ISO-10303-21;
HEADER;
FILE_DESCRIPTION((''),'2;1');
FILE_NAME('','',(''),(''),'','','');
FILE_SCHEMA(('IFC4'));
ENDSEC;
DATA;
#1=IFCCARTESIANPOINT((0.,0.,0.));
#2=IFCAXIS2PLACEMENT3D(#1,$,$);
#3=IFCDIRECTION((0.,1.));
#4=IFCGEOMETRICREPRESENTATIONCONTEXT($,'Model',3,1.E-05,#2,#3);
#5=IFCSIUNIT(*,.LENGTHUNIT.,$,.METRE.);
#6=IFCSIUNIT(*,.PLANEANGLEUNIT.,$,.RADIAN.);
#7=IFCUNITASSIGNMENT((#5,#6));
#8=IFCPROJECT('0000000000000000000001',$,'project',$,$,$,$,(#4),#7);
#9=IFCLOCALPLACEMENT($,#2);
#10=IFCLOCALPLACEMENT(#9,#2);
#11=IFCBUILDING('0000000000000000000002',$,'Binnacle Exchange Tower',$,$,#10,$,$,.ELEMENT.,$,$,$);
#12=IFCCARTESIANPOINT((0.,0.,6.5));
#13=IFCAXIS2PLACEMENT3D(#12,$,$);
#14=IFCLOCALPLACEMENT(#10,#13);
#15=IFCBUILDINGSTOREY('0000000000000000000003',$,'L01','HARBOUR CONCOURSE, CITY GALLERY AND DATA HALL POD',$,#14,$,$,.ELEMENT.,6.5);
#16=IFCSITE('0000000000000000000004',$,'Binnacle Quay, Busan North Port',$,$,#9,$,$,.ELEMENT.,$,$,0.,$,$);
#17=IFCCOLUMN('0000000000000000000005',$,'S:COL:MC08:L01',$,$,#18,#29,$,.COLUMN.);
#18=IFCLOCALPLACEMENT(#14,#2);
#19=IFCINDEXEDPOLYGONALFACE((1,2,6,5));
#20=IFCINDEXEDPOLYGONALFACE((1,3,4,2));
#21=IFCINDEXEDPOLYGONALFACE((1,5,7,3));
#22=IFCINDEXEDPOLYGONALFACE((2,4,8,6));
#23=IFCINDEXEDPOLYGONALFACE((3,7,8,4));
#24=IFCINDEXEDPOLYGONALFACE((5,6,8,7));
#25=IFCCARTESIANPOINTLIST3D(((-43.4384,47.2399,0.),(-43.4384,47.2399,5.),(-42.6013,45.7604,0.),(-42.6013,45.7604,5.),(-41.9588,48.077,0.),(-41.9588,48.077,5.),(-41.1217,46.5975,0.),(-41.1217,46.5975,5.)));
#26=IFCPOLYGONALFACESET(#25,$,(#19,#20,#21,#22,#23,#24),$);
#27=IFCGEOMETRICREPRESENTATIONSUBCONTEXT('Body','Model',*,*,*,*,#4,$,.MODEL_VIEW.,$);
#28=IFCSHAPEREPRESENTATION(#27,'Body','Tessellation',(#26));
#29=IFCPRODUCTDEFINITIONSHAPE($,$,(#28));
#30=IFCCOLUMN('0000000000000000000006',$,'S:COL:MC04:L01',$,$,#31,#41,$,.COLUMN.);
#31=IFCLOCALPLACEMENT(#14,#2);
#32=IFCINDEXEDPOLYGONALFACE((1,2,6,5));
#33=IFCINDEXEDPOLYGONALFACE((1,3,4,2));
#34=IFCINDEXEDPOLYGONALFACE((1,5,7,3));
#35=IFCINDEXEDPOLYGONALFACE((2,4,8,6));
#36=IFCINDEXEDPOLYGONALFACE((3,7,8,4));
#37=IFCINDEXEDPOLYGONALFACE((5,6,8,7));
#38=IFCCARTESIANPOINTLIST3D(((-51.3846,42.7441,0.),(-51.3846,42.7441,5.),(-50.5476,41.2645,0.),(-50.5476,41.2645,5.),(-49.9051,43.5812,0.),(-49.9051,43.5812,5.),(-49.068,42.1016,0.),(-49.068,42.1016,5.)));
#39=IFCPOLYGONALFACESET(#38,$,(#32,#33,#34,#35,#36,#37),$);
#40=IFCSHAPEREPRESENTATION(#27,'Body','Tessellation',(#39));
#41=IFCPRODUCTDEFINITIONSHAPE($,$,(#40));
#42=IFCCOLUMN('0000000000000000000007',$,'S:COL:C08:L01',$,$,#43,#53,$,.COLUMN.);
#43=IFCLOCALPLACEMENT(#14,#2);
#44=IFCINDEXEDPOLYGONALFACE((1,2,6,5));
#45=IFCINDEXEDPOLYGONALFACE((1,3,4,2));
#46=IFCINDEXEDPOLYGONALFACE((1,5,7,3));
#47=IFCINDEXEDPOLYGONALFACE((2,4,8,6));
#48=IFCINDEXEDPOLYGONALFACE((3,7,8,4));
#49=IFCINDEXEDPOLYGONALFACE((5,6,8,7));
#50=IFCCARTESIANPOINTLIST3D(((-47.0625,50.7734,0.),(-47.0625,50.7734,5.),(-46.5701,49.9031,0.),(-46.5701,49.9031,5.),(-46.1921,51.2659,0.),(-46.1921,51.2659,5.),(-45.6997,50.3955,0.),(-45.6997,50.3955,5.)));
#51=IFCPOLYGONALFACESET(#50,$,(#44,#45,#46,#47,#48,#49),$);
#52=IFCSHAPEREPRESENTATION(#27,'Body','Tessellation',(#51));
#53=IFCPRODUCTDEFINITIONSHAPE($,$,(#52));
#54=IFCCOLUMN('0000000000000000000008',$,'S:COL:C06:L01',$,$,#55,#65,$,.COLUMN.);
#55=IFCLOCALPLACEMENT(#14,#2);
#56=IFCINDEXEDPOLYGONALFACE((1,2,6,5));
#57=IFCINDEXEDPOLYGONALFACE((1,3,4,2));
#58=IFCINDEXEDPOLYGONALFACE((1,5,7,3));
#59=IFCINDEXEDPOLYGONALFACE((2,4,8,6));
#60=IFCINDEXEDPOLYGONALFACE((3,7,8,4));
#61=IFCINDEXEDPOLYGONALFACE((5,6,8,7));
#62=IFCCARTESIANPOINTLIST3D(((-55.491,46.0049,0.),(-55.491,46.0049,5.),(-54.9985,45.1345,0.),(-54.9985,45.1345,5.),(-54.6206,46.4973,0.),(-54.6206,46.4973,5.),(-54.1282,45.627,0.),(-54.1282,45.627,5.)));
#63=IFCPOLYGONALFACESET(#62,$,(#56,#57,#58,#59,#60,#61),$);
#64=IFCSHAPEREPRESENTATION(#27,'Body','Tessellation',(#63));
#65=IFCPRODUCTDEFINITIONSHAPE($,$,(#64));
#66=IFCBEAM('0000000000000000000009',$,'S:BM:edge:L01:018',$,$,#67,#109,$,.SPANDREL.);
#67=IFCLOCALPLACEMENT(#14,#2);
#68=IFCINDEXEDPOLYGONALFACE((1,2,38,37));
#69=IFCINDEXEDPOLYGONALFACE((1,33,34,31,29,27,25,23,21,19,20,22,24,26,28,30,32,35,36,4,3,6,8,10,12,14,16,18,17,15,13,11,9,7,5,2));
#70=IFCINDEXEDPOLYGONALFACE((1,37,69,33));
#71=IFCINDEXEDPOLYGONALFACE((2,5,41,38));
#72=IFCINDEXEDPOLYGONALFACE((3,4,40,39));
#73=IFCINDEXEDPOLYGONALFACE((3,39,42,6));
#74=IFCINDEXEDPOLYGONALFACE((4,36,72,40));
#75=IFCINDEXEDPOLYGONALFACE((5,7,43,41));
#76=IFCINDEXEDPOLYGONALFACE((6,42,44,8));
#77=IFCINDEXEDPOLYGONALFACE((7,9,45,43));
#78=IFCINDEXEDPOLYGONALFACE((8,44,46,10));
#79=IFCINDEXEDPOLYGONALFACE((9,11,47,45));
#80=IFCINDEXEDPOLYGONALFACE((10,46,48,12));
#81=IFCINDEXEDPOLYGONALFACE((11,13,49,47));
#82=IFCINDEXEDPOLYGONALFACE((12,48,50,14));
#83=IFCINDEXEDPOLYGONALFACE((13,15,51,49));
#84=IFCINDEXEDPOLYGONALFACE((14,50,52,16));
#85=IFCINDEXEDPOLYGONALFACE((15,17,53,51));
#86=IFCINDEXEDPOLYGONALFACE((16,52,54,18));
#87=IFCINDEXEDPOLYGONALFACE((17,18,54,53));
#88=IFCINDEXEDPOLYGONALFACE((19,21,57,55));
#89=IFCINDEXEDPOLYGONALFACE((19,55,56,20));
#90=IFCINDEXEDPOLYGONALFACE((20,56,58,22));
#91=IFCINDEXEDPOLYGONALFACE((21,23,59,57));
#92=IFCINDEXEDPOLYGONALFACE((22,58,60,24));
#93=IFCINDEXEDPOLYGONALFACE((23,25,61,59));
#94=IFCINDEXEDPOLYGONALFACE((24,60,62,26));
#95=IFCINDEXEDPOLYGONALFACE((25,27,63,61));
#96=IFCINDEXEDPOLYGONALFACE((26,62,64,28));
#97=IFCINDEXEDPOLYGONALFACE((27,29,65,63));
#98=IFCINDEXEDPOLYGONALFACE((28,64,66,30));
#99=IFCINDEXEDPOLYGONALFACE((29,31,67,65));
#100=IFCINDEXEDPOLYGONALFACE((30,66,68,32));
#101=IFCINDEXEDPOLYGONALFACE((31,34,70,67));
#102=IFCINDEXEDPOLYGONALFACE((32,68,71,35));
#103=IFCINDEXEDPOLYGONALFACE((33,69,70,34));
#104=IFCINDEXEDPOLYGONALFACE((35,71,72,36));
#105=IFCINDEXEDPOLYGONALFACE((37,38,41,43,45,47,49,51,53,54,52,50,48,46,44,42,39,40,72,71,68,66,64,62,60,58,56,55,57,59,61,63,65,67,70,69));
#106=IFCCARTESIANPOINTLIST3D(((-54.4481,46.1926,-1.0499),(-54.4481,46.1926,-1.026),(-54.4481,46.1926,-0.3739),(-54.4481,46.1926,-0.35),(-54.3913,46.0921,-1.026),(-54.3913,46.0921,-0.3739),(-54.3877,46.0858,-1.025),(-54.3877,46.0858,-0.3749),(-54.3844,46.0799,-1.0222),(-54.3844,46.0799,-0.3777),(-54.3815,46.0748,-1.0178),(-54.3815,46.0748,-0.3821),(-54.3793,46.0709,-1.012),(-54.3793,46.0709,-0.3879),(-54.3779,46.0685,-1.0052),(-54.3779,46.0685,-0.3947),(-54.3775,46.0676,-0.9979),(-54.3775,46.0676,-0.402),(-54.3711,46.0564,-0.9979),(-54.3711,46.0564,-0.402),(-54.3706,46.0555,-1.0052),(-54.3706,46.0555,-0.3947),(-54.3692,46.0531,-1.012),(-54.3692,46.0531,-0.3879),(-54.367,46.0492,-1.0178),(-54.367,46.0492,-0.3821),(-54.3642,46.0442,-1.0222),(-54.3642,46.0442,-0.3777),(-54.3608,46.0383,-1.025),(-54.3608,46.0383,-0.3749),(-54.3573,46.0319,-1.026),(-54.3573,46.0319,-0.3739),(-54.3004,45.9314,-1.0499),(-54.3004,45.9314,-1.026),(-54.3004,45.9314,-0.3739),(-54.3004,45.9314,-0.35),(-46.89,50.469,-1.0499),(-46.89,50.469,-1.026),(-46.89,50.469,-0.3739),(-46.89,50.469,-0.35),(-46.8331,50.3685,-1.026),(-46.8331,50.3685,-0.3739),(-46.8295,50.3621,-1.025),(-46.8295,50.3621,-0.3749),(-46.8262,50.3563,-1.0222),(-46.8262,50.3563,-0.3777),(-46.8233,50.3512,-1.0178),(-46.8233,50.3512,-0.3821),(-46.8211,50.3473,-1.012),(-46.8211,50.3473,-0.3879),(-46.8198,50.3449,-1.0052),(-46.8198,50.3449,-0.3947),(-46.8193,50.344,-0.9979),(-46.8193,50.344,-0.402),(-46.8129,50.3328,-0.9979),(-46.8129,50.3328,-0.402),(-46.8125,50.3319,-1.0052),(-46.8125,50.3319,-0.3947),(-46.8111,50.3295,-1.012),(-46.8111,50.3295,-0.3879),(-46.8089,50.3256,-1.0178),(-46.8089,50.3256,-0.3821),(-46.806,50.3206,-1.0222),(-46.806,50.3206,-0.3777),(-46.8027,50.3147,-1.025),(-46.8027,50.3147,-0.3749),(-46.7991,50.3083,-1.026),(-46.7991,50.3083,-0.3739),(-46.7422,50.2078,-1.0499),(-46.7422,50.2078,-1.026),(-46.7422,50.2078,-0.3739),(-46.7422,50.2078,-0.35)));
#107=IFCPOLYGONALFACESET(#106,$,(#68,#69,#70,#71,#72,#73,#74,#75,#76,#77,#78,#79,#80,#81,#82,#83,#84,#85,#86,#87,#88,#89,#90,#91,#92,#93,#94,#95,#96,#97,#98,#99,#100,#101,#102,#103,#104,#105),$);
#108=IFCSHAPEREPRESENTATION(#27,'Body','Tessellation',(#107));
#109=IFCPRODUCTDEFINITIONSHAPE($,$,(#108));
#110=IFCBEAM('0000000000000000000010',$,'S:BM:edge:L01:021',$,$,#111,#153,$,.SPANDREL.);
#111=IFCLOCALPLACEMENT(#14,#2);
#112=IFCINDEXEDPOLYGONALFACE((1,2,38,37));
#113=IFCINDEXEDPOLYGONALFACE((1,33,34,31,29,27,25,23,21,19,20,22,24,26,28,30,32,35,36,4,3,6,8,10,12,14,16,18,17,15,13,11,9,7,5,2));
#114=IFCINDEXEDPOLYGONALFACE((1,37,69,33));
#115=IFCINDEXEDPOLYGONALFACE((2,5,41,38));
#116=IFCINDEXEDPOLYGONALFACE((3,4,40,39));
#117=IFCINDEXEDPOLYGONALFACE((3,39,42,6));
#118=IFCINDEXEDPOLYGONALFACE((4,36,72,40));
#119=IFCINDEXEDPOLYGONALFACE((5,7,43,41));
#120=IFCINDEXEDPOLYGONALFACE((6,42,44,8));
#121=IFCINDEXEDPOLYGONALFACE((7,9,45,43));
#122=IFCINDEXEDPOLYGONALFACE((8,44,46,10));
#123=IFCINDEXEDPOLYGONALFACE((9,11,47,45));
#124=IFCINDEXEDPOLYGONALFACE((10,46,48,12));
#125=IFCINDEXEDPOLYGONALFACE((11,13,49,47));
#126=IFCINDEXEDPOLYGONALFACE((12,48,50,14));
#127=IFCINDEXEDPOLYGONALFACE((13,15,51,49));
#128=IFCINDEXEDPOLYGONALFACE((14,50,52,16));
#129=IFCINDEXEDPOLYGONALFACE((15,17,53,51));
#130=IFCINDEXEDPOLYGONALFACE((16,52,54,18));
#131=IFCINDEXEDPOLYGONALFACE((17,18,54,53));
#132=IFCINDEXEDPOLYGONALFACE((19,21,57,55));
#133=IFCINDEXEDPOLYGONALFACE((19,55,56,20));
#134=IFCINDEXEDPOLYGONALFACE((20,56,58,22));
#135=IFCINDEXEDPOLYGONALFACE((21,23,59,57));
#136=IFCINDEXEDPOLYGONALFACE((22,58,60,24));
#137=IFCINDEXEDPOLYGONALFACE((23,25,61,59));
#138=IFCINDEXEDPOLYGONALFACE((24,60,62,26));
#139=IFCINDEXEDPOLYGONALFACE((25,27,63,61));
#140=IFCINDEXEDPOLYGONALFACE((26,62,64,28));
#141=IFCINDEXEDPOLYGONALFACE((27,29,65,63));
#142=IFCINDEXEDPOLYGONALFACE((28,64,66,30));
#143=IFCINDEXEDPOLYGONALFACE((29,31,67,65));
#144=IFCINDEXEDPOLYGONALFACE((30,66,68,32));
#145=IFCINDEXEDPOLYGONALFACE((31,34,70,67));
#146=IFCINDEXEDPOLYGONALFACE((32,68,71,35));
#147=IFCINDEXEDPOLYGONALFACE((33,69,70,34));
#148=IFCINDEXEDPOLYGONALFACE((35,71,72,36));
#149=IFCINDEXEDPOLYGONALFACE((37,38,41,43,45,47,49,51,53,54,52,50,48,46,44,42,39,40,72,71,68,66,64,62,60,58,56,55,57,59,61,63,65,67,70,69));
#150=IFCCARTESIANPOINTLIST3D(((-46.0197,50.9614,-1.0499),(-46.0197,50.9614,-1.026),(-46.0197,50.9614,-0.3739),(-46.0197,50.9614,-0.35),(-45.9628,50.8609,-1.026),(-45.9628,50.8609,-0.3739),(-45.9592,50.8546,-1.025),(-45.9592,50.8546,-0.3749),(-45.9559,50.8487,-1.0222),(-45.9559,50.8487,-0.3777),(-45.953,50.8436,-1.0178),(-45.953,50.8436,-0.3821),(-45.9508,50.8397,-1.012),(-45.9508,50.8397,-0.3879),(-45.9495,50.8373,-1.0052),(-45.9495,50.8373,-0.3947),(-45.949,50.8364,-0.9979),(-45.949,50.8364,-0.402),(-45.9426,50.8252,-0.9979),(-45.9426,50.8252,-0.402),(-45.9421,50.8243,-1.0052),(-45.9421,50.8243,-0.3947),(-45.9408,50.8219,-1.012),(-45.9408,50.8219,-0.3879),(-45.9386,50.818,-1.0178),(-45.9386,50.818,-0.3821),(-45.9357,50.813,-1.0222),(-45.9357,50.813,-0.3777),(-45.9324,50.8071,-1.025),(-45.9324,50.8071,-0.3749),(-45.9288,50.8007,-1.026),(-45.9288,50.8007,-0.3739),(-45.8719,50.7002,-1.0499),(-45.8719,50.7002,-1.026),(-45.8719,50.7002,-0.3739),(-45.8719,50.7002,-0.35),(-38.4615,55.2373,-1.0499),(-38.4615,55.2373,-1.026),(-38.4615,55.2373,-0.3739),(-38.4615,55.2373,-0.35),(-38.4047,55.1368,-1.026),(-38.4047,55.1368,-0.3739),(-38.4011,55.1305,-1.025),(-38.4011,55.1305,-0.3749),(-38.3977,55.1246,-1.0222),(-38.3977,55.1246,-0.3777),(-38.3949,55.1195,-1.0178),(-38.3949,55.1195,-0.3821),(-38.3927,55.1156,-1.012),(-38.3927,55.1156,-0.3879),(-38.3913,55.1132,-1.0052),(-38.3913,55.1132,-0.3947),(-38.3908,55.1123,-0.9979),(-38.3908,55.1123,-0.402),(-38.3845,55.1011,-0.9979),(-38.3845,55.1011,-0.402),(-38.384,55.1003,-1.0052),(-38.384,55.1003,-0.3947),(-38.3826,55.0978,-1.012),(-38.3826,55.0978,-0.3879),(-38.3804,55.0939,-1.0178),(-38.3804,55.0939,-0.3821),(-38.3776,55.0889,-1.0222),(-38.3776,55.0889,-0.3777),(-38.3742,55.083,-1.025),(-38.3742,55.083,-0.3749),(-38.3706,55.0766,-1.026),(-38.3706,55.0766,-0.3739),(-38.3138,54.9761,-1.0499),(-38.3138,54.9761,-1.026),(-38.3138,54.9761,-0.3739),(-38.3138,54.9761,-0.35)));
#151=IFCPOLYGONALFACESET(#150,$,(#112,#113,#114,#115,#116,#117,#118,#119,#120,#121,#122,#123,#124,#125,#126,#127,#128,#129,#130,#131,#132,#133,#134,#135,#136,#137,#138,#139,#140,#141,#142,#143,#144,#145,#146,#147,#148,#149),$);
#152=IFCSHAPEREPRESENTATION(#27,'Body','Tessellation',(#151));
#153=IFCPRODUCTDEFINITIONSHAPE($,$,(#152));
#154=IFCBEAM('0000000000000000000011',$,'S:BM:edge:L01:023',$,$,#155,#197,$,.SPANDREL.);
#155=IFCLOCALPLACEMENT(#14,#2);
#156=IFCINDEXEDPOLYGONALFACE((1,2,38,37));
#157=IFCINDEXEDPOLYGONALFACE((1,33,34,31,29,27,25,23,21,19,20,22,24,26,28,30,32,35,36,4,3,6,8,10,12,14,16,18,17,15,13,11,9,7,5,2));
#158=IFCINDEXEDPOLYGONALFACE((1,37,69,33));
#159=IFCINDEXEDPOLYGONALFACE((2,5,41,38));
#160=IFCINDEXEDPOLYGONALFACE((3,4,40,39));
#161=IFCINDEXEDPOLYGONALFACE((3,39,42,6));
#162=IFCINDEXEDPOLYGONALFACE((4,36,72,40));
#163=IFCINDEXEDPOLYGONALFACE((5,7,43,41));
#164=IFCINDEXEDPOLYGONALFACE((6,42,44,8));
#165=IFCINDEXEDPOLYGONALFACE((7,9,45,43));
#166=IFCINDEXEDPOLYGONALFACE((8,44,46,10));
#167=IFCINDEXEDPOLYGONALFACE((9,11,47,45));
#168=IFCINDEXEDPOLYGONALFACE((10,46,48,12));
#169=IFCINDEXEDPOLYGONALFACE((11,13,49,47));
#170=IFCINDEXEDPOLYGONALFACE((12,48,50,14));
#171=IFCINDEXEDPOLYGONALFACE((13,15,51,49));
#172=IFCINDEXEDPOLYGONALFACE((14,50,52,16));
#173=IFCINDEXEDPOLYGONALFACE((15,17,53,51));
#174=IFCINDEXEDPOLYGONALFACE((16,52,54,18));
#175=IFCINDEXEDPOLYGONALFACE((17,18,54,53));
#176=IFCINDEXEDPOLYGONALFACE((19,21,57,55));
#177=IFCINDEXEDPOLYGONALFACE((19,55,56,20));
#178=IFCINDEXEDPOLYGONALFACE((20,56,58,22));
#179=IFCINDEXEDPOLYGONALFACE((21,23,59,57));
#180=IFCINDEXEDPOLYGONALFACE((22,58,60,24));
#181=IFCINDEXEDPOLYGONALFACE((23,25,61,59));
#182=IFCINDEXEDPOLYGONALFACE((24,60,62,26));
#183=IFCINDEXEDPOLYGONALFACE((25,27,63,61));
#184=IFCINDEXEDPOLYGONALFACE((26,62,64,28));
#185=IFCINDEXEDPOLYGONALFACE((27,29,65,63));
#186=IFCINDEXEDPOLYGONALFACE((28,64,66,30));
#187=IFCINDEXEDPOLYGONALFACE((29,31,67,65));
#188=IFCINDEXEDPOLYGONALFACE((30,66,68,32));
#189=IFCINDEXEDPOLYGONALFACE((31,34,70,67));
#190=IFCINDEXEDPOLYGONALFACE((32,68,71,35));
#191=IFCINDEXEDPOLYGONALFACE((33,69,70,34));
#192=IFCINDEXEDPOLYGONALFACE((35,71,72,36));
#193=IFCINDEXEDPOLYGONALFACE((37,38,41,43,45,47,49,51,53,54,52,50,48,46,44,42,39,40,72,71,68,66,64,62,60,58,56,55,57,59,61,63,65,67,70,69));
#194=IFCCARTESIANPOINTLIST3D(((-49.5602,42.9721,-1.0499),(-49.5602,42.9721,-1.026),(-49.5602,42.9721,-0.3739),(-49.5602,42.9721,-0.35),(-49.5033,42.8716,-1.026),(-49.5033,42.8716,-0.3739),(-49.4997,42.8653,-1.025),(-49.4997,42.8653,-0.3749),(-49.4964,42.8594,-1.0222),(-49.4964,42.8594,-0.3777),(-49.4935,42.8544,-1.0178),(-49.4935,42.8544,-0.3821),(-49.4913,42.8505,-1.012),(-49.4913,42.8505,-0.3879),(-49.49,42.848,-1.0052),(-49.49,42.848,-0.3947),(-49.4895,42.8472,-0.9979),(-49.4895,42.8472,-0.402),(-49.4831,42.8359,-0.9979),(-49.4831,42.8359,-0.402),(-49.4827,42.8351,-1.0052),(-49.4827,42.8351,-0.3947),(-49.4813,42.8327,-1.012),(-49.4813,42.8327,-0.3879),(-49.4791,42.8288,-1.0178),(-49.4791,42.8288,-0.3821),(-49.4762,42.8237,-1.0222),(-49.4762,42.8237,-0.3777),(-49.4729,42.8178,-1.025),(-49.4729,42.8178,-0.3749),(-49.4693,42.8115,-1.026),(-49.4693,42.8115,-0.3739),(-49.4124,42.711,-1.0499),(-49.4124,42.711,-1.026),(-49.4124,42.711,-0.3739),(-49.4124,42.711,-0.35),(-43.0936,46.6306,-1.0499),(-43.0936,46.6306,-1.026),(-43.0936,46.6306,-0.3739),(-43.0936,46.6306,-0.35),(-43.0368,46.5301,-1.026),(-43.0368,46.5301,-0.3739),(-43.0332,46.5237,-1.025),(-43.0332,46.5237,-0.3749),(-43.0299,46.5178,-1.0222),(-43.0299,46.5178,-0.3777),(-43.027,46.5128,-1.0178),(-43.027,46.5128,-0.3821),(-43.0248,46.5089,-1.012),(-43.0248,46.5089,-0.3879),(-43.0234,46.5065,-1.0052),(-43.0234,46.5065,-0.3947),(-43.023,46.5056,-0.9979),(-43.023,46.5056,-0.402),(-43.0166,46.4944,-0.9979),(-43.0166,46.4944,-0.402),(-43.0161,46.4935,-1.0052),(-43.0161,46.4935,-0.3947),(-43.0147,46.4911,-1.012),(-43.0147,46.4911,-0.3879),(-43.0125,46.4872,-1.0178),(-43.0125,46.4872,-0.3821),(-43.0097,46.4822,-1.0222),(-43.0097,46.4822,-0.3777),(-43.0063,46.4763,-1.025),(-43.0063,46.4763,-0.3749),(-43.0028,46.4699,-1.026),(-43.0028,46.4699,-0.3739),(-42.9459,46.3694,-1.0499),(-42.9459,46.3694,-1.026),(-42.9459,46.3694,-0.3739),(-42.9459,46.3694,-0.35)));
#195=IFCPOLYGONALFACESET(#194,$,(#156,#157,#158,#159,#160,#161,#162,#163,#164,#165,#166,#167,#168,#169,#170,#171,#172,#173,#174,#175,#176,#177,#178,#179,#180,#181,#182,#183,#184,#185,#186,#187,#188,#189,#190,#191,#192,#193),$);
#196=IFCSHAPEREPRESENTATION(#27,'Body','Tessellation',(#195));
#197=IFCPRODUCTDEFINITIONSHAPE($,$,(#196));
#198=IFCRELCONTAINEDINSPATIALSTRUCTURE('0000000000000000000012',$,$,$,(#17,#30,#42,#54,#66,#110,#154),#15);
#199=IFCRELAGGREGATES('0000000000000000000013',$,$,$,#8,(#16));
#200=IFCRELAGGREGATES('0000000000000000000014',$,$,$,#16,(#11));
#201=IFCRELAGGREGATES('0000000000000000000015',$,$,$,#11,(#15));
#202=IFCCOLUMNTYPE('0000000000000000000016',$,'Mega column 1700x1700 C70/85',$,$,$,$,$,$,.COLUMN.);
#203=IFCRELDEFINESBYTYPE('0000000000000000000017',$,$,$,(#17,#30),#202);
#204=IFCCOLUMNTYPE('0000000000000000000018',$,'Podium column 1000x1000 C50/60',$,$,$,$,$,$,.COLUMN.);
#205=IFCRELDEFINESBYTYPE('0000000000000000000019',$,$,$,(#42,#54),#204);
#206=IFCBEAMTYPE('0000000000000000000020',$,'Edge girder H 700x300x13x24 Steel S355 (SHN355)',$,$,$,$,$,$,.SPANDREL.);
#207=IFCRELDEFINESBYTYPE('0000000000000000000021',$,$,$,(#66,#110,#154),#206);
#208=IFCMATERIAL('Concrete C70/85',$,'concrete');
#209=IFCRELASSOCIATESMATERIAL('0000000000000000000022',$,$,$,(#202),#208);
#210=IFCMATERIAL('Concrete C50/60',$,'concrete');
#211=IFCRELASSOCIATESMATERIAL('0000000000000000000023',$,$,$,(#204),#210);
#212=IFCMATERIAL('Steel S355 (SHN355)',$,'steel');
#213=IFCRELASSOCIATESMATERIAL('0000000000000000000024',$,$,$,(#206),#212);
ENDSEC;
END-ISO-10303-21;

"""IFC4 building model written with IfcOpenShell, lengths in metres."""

from ifc_helpers import new_model, si_unit, direction, frame, origin, origin_2d, place, context, subcontext, project, spatial, rectangle, i_section, extrude, material, material_profile, profile_set, type_object, element, save


model = new_model("IFC4")

# Units and contexts
model_context = context("Model", 3, precision=1e-05, world=origin(), true_north=direction((0.0, 1.0)))
body_context = subcontext(model_context, "Body", "Model", "MODEL_VIEW")
ifc_project = project(units=[si_unit("LENGTHUNIT", "METRE"), si_unit("PLANEANGLEUNIT", "RADIAN")], contexts=[model_context])

# Site, building, storey
site_placement = place(None, origin())
site = spatial("IfcSite", under=ifc_project, at=site_placement, Name="Binnacle Quay, Busan North Port", CompositionType="ELEMENT", RefElevation=0.0)
building_placement = place(site_placement, origin())
building = spatial("IfcBuilding", under=site, at=building_placement, Name="Binnacle Exchange Tower", CompositionType="ELEMENT")
storey_placement = place(building_placement, frame((0.0, 0.0, 6.5)))
storey = spatial("IfcBuildingStorey", under=building, at=storey_placement, Name="L01", Description="HARBOUR CONCOURSE, CITY GALLERY AND DATA HALL POD", CompositionType="ELEMENT", Elevation=6.5)

# Columns
ifc_material_1 = material(Name="Concrete C70/85", Category="concrete")
ifc_material_profile_1 = material_profile(ifc_material_1, rectangle(XDim=1.7, YDim=1.7, at=origin_2d()), Name="Mega column 1700x1700 C70/85")
ifc_profile_set_1 = profile_set([ifc_material_profile_1], Name="Concrete C70/85")
column_type_1 = type_object("IfcColumnType", Name="Mega column 1700x1700 C70/85", PredefinedType="COLUMN", material=ifc_profile_set_1)
for number, where, z_axis, x_axis, name in (
    (1, (-42.28, 46.9187, 0.0), (0.0, 0.0, 1.0), (-0.870356, -0.492424, 0.0), "S:COL:MC08:L01"),
    (2, (-50.2263, 42.4229, 0.0), (0.0, 0.0, 1.0), (-0.870356, -0.492424, 0.0), "S:COL:MC04:L01"),
):
    element("IfcColumn", number, at=place(storey_placement, frame(where, z_axis=z_axis, x_axis=x_axis)), inside=storey, type_object=column_type_1, Name=name, PredefinedType="COLUMN", context=body_context, shape_type="SweptSolid", body=[
        extrude(rectangle(XDim=1.7, YDim=1.7, at=origin_2d()), origin(), (0.0, 0.0, 1.0), 5.0),
    ])
ifc_material_2 = material(Name="Concrete C50/60", Category="concrete")
ifc_material_profile_2 = material_profile(ifc_material_2, rectangle(XDim=1.0, YDim=1.0, at=origin_2d()), Name="Podium column 1000x1000 C50/60")
ifc_profile_set_2 = profile_set([ifc_material_profile_2], Name="Concrete C50/60")
column_type_2 = type_object("IfcColumnType", Name="Podium column 1000x1000 C50/60", PredefinedType="COLUMN", material=ifc_profile_set_2)
for number, where, z_axis, x_axis, name in (
    (3, (-46.3811, 50.5845, 0.0), (0.0, 0.0, 1.0), (-0.870356, -0.492424, 0.0), "S:COL:C08:L01"),
    (4, (-54.8096, 45.8159, 0.0), (0.0, 0.0, 1.0), (-0.870356, -0.492424, 0.0), "S:COL:C06:L01"),
):
    element("IfcColumn", number, at=place(storey_placement, frame(where, z_axis=z_axis, x_axis=x_axis)), inside=storey, type_object=column_type_2, Name=name, PredefinedType="COLUMN", context=body_context, shape_type="SweptSolid", body=[
        extrude(rectangle(XDim=1.0, YDim=1.0, at=origin_2d()), origin(), (0.0, 0.0, 1.0), 5.0),
    ])

# Beams
ifc_material_3 = material(Name="Steel S355 (SHN355)", Category="steel")
ifc_material_profile_3 = material_profile(ifc_material_3, i_section(OverallWidth=0.3, OverallDepth=0.7, WebThickness=0.0129, FlangeThickness=0.0239, FilletRadius=0.0281, at=origin_2d()), Name="H 700x300x13x24")
ifc_profile_set_3 = profile_set([ifc_material_profile_3], Name="Steel S355 (SHN355)")
beam_type_1 = type_object("IfcBeamType", Name="Edge girder H 700x300x13x24 Steel S355 (SHN355)", PredefinedType="SPANDREL", material=ifc_profile_set_3)
beam_1_placement = place(storey_placement, frame((-54.3743, 46.062, -0.7), z_axis=(0.870346, 0.492441, 0.0), x_axis=(-0.492441, 0.870346, 0.0)))
element("IfcBeam", 5, at=beam_1_placement, inside=storey, type_object=beam_type_1, Name="S:BM:edge:L01:018", PredefinedType="SPANDREL", context=body_context, shape_type="SweptSolid", body=[
    extrude(i_section(OverallWidth=0.3, OverallDepth=0.7, WebThickness=0.0129, FlangeThickness=0.0239, FilletRadius=0.0281, at=origin_2d()), origin(), (0.0, 0.0, 1.0), 8.6841),
])
beam_2_placement = place(storey_placement, frame((-45.9458, 50.8308, -0.7), z_axis=(0.87037, 0.492398, 0.0), x_axis=(-0.492398, 0.87037, 0.0)))
element("IfcBeam", 6, at=beam_2_placement, inside=storey, type_object=beam_type_1, Name="S:BM:edge:L01:021", PredefinedType="SPANDREL", context=body_context, shape_type="SweptSolid", body=[
    extrude(i_section(OverallWidth=0.3, OverallDepth=0.7, WebThickness=0.0129, FlangeThickness=0.0239, FilletRadius=0.0281, at=origin_2d()), origin(), (0.0, 0.0, 1.0), 8.6838),
])
beam_3_placement = place(storey_placement, frame((-43.0198, 46.5, -0.7), z_axis=(-0.870364, -0.492408, 0.0), x_axis=(0.492408, -0.870364, 0.0)))
element("IfcBeam", 7, at=beam_3_placement, inside=storey, type_object=beam_type_1, Name="S:BM:edge:L01:023", PredefinedType="SPANDREL", context=body_context, shape_type="SweptSolid", body=[
    extrude(i_section(OverallWidth=0.3, OverallDepth=0.7, WebThickness=0.0129, FlangeThickness=0.0239, FilletRadius=0.0281, at=origin_2d()), origin(), (0.0, 0.0, 1.0), 7.4297),
])

save(model, "model.ifc")
